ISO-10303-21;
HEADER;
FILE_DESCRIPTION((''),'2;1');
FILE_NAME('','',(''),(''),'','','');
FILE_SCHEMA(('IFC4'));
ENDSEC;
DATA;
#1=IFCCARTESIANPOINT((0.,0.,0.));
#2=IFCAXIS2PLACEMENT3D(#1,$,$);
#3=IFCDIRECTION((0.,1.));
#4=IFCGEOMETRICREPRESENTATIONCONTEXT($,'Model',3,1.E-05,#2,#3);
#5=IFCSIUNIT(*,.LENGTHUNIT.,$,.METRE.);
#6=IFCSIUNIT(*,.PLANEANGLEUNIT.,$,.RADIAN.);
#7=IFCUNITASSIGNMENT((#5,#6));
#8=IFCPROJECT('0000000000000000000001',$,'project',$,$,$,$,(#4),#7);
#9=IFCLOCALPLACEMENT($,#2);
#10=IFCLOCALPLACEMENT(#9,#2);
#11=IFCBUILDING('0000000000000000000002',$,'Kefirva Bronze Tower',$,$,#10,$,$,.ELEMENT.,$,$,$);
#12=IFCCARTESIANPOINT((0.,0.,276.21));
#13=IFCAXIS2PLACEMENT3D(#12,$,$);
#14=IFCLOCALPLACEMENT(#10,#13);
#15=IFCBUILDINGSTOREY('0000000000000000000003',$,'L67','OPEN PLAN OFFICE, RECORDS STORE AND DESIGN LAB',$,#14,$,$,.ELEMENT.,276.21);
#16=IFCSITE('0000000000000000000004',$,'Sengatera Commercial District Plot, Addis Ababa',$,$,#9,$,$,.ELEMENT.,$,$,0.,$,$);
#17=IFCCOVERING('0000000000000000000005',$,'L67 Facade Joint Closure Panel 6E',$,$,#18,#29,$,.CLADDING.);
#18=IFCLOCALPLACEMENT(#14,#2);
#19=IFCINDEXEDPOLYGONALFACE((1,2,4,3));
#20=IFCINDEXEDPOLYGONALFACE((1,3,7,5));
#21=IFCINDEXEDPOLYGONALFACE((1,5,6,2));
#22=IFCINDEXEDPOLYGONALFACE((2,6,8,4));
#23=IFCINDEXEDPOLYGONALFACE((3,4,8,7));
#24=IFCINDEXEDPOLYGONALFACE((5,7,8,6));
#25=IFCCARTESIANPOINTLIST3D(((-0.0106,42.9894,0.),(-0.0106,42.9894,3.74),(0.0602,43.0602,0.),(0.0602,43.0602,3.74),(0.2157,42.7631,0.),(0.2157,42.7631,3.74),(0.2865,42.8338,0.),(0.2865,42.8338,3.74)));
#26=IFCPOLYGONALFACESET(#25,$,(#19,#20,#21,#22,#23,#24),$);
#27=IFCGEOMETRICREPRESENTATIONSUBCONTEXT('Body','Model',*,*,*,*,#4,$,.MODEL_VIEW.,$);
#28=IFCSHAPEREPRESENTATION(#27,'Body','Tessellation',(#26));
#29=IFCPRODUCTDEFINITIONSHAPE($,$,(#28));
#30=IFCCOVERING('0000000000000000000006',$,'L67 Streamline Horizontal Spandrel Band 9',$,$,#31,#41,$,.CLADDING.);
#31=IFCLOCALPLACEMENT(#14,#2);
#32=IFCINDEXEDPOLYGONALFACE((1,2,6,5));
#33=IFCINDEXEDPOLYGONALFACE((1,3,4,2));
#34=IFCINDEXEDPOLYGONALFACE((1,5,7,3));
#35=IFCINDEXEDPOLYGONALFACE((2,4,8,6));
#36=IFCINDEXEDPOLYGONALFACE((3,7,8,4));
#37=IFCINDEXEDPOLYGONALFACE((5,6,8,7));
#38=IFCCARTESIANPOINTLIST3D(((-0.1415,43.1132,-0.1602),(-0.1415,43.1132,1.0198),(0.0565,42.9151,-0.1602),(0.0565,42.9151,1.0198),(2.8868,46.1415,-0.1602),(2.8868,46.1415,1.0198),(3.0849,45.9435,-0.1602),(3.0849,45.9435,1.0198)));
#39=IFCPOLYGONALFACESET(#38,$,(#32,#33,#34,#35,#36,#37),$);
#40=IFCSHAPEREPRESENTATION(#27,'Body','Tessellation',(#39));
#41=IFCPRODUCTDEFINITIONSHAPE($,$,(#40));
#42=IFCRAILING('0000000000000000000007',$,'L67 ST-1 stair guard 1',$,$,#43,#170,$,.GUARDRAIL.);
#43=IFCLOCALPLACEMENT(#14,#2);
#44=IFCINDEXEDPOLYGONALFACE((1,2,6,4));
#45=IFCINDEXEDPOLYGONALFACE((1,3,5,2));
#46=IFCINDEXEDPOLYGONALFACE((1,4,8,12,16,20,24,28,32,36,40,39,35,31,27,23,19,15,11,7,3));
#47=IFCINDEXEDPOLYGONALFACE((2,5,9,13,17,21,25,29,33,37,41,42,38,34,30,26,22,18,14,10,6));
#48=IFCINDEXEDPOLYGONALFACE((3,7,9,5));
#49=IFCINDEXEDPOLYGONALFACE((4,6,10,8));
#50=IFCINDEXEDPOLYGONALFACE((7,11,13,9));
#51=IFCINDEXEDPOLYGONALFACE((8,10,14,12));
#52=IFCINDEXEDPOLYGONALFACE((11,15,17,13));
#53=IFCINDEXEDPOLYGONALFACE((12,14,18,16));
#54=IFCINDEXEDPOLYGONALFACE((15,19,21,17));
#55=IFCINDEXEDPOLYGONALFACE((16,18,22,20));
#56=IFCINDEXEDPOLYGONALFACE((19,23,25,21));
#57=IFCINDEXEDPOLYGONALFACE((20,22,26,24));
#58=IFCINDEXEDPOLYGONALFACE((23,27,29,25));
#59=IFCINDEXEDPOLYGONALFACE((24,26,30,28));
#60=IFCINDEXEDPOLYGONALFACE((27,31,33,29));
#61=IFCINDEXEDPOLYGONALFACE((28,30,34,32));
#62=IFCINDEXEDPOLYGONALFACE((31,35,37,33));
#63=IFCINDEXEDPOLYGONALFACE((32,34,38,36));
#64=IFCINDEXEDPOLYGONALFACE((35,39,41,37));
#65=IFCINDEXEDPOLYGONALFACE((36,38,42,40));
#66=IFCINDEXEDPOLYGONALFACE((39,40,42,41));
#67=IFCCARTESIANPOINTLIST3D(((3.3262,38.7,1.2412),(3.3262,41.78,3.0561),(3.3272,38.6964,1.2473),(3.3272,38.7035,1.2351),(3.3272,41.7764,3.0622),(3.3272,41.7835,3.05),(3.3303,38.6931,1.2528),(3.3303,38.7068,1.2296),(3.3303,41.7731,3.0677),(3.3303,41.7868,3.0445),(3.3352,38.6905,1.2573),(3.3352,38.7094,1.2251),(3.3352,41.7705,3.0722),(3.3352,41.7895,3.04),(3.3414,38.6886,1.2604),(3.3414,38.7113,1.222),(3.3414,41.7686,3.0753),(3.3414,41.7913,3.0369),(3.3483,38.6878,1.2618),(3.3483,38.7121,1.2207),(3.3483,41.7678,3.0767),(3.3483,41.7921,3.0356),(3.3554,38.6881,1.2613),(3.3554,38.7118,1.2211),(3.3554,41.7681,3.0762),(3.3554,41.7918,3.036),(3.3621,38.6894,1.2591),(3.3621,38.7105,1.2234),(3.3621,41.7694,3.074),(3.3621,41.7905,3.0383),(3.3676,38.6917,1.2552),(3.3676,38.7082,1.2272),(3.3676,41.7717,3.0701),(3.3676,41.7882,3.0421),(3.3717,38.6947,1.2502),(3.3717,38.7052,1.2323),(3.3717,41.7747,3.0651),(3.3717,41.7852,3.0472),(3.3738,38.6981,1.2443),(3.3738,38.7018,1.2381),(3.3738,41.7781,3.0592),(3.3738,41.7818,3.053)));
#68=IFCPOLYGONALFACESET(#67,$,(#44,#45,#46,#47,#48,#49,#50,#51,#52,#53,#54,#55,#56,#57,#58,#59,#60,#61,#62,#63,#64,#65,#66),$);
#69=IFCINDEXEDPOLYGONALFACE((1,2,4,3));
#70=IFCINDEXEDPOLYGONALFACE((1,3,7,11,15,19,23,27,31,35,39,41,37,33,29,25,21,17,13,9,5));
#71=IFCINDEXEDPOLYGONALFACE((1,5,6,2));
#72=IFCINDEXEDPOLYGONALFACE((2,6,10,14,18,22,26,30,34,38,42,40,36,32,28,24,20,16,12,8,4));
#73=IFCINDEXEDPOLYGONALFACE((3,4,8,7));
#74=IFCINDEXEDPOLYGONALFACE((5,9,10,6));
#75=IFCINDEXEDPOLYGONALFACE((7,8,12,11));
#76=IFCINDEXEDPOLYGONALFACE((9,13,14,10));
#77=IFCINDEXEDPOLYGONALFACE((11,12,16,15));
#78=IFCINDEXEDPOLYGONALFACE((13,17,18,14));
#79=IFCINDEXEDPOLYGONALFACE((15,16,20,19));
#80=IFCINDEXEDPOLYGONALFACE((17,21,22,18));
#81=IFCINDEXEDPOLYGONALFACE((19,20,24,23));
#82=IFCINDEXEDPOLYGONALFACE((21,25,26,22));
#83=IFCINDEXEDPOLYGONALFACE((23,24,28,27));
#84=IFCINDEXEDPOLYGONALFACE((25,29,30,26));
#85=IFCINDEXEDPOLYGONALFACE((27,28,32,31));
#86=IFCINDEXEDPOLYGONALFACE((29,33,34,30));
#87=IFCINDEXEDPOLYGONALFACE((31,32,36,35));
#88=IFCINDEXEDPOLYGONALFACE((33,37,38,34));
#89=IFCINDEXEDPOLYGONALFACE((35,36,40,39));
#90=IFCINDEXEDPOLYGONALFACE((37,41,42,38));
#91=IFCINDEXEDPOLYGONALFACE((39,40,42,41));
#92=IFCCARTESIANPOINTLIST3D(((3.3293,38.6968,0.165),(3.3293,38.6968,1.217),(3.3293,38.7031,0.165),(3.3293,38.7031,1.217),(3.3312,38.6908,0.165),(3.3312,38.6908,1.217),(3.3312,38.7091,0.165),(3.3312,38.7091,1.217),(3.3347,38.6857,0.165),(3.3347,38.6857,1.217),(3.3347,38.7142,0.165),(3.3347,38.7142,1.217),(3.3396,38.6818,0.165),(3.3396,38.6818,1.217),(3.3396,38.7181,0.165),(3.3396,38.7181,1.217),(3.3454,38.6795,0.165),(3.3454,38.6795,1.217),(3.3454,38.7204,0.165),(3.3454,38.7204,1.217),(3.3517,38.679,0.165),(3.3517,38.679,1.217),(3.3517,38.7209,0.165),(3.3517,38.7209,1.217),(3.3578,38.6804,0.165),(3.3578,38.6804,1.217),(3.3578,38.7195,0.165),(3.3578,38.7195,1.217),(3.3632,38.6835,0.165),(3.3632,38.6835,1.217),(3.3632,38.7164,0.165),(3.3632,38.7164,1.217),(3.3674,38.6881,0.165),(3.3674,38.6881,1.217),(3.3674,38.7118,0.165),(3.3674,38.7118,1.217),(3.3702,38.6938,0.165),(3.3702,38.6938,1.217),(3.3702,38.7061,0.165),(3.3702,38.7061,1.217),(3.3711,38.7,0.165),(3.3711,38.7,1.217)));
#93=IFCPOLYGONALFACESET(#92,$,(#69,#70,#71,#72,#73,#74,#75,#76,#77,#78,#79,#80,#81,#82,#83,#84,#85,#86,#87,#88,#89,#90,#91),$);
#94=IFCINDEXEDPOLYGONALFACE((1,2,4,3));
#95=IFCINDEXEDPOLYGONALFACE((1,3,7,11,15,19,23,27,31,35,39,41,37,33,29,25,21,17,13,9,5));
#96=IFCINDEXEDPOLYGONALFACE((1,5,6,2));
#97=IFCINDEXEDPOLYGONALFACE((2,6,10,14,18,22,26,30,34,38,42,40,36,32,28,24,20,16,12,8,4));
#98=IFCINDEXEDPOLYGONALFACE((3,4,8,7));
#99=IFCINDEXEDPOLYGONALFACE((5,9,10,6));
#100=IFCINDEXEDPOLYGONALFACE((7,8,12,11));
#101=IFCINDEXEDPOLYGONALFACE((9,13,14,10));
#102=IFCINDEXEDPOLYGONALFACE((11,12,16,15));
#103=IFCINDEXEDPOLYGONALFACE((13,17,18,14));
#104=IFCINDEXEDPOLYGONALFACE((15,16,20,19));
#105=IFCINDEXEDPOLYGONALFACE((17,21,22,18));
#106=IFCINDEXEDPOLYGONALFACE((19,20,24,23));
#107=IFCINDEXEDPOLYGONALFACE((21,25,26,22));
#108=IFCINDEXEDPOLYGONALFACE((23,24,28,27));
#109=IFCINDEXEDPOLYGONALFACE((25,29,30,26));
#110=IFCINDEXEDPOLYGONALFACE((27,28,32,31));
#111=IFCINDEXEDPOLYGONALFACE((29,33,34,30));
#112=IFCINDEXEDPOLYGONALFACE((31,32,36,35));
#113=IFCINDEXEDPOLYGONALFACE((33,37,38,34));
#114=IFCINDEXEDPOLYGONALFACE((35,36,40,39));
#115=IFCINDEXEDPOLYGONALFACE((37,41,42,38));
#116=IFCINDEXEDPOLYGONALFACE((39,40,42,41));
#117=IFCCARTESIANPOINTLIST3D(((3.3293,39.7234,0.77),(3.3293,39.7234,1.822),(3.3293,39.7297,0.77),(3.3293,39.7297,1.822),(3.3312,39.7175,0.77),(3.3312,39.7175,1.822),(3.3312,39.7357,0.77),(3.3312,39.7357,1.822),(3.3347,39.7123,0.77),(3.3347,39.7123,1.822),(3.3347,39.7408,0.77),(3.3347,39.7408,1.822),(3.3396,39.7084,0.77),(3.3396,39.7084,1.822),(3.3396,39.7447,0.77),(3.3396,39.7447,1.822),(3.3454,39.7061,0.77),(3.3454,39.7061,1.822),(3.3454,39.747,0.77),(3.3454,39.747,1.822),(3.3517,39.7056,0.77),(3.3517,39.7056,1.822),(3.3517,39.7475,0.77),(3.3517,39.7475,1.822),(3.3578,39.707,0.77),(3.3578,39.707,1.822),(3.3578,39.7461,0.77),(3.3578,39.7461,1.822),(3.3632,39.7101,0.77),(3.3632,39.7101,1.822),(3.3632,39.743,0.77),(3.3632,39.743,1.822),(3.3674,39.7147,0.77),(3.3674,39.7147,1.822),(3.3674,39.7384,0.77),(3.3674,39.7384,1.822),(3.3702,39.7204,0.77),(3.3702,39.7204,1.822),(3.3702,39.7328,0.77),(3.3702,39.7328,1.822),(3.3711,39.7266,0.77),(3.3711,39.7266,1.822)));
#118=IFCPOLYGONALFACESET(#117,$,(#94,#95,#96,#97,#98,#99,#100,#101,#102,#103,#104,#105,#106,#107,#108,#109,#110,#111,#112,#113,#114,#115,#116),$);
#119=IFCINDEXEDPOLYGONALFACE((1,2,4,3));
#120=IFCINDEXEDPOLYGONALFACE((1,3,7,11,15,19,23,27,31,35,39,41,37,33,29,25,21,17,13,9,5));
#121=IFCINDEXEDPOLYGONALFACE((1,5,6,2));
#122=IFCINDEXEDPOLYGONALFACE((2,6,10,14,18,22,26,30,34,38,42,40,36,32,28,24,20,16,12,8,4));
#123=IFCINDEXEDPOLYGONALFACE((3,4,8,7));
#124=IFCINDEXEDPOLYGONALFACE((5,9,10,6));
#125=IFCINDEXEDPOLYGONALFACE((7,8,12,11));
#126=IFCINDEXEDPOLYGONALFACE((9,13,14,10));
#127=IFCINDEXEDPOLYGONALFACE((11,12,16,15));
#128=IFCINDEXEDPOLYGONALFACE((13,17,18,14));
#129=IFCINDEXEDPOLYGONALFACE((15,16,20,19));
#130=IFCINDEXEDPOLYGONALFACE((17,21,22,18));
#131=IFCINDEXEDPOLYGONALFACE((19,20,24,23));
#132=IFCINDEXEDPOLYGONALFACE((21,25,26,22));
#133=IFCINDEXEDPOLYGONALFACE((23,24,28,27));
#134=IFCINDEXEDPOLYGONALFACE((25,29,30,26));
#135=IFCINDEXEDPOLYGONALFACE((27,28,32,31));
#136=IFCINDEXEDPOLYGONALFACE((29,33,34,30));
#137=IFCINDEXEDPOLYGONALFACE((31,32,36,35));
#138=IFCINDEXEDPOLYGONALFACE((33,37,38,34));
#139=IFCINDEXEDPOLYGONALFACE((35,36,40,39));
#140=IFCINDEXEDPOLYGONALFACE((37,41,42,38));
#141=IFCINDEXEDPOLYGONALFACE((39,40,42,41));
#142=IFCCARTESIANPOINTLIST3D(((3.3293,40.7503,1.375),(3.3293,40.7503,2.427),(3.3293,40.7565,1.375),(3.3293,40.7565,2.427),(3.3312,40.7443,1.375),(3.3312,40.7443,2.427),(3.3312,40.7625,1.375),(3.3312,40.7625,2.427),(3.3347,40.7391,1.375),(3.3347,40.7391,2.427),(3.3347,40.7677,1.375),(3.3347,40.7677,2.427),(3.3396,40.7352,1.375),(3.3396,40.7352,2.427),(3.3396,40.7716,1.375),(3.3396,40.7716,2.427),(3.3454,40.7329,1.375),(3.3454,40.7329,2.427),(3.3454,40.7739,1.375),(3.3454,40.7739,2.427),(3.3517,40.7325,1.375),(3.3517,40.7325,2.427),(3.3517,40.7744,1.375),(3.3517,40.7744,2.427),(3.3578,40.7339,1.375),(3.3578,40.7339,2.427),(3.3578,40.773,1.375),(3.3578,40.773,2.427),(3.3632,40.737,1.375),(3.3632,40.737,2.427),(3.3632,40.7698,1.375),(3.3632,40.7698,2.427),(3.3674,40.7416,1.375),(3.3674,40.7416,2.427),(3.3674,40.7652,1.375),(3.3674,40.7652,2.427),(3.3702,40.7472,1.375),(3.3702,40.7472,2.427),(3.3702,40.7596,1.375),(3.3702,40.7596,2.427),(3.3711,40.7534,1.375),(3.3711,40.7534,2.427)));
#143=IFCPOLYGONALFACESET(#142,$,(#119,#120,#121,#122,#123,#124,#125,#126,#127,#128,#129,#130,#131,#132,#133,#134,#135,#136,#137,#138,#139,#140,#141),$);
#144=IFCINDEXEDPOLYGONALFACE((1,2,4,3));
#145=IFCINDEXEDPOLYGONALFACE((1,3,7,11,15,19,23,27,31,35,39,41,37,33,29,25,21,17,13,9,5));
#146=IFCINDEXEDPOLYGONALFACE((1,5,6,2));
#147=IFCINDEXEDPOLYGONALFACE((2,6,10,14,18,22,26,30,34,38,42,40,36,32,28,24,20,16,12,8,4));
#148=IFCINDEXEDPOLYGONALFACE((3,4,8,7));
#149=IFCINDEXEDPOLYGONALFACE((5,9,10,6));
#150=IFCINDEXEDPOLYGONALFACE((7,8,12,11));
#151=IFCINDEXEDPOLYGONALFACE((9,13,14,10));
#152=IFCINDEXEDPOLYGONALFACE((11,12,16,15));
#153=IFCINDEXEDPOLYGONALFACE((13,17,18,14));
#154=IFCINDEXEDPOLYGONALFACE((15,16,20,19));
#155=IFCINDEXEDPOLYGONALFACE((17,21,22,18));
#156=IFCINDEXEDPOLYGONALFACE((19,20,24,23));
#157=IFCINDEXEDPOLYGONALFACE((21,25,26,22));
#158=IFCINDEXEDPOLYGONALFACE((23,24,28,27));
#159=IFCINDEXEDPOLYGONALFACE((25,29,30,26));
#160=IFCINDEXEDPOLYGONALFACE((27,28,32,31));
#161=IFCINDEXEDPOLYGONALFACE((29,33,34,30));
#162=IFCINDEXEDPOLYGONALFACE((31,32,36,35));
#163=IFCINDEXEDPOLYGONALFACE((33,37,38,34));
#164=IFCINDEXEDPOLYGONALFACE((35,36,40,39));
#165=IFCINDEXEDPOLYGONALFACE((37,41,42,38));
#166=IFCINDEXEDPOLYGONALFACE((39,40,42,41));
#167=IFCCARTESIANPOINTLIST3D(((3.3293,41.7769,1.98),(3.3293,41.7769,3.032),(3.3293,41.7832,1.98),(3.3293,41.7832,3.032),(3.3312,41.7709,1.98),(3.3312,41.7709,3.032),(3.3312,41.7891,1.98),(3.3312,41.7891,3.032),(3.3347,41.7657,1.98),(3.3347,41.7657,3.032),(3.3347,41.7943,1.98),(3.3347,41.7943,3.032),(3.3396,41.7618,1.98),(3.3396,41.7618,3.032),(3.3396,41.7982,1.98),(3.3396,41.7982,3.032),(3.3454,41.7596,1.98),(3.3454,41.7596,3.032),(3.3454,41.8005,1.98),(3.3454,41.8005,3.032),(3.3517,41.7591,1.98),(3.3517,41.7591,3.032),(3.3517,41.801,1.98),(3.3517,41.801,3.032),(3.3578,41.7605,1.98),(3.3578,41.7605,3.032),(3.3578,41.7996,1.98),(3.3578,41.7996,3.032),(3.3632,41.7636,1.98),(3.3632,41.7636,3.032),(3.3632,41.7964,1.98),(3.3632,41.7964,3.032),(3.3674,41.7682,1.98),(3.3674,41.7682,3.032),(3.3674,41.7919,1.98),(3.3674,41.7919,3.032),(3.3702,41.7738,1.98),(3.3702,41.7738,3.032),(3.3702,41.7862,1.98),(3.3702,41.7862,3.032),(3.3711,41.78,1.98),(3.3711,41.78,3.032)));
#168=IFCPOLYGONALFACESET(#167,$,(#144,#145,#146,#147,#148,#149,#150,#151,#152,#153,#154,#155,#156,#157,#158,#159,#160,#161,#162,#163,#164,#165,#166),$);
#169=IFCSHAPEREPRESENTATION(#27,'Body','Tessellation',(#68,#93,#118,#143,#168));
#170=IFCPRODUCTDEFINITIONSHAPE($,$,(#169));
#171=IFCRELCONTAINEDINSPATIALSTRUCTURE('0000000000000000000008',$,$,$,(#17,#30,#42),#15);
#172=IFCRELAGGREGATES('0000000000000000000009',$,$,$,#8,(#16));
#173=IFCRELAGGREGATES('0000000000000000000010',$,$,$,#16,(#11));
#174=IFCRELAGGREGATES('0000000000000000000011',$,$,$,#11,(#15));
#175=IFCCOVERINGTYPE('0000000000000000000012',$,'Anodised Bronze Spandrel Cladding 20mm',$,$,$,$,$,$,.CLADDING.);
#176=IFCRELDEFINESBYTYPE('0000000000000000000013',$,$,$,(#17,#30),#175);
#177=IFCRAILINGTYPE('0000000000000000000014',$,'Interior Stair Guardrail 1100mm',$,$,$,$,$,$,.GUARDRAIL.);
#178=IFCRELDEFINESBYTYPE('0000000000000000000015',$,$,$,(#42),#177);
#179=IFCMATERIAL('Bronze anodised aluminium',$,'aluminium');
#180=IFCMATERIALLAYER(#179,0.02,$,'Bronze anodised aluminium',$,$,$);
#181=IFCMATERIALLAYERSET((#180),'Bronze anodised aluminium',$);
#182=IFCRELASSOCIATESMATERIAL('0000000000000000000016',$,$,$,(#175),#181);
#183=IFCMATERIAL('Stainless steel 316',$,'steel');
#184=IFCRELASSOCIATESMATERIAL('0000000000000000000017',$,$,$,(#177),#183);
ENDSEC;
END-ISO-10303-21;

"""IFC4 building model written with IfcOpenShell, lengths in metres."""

from ifc_helpers import new_model, si_unit, direction, frame, origin, origin_2d, place, context, subcontext, project, spatial, rectangle, circle, extrude, material, layer, layer_set, type_object, element, save


model = new_model("IFC4")

# Units and contexts
model_context = context("Model", 3, precision=1e-05, world=origin(), true_north=direction((0.0, 1.0)))
body_context = subcontext(model_context, "Body", "Model", "MODEL_VIEW")
ifc_project = project(units=[si_unit("LENGTHUNIT", "METRE"), si_unit("PLANEANGLEUNIT", "RADIAN")], contexts=[model_context])

# Site, building, storey
site_placement = place(None, origin())
site = spatial("IfcSite", under=ifc_project, at=site_placement, Name="Sengatera Commercial District Plot, Addis Ababa", CompositionType="ELEMENT", RefElevation=0.0)
building_placement = place(site_placement, origin())
building = spatial("IfcBuilding", under=site, at=building_placement, Name="Kefirva Bronze Tower", CompositionType="ELEMENT")
storey_placement = place(building_placement, frame((0.0, 0.0, 276.21)))
storey = spatial("IfcBuildingStorey", under=building, at=storey_placement, Name="L67", Description="OPEN PLAN OFFICE, RECORDS STORE AND DESIGN LAB", CompositionType="ELEMENT", Elevation=276.21)

# Coverings
ifc_material_1 = material(Name="Bronze anodised aluminium", Category="aluminium")
ifc_layer_1 = layer(ifc_material_1, 0.02, Name="Bronze anodised aluminium")
ifc_layer_set_1 = layer_set([ifc_layer_1], Name="Bronze anodised aluminium")
covering_type_1 = type_object("IfcCoveringType", Name="Anodised Bronze Spandrel Cladding 20mm", PredefinedType="CLADDING", material=ifc_layer_set_1)
for number, where, z_axis, x_axis, name in (
    (1, (0.1379, 42.9116, 0.0), (0.0, 0.0, 1.0), (-0.707107, -0.707107, 0.0), "L67 Facade Joint Closure Panel 6E"),
):
    element("IfcCovering", number, at=place(storey_placement, frame(where, z_axis=z_axis, x_axis=x_axis)), inside=storey, type_object=covering_type_1, Name=name, PredefinedType="CLADDING", context=body_context, shape_type="SweptSolid", body=[
        extrude(rectangle(XDim=0.1001, YDim=0.3201, at=origin_2d()), origin(), (0.0, 0.0, 1.0), 3.74),
    ])
covering_1_placement = place(storey_placement, frame((1.4717, 44.5283, -0.1602), z_axis=(0.0, 0.0, 1.0), x_axis=(-0.707107, -0.707107, 0.0)))
element("IfcCovering", 2, at=covering_1_placement, inside=storey, type_object=covering_type_1, Name="L67 Streamline Horizontal Spandrel Band 9", PredefinedType="CLADDING", context=body_context, shape_type="SweptSolid", body=[
    extrude(rectangle(XDim=4.2827, YDim=0.28, at=origin_2d()), origin(), (0.0, 0.0, 1.0), 1.1799),
])

# Railing
ifc_material_2 = material(Name="Stainless steel 316", Category="steel")
railing_type_1 = type_object("IfcRailingType", Name="Interior Stair Guardrail 1100mm", PredefinedType="GUARDRAIL", material=ifc_material_2)
railing_1_placement = place(storey_placement, frame((3.3501, 38.7, 0.165)))
element("IfcRailing", 3, at=railing_1_placement, inside=storey, type_object=railing_type_1, Name="L67 ST-1 stair guard 1", PredefinedType="GUARDRAIL", context=body_context, shape_type="SweptSolid", body=[
    extrude(circle(Radius=0.0239, at=origin_2d()), frame((0.0, 0.0, 1.0762), z_axis=(0.0, 0.861551, 0.507671), x_axis=(-1.0, 0.0, 0.0)), (0.0, 0.0, 1.0), 3.575),
    extrude(circle(Radius=0.021, at=origin_2d()), origin(), (0.0, 0.0, 1.0), 1.052),
    extrude(circle(Radius=0.021, at=origin_2d()), frame((0.0, 1.0266, 0.605)), (0.0, 0.0, 1.0), 1.052),
    extrude(circle(Radius=0.021, at=origin_2d()), frame((0.0, 2.0535, 1.21)), (0.0, 0.0, 1.0), 1.052),
    extrude(circle(Radius=0.021, at=origin_2d()), frame((0.0, 3.0801, 1.8149)), (0.0, 0.0, 1.0), 1.052),
])

save(model, "model.ifc")
